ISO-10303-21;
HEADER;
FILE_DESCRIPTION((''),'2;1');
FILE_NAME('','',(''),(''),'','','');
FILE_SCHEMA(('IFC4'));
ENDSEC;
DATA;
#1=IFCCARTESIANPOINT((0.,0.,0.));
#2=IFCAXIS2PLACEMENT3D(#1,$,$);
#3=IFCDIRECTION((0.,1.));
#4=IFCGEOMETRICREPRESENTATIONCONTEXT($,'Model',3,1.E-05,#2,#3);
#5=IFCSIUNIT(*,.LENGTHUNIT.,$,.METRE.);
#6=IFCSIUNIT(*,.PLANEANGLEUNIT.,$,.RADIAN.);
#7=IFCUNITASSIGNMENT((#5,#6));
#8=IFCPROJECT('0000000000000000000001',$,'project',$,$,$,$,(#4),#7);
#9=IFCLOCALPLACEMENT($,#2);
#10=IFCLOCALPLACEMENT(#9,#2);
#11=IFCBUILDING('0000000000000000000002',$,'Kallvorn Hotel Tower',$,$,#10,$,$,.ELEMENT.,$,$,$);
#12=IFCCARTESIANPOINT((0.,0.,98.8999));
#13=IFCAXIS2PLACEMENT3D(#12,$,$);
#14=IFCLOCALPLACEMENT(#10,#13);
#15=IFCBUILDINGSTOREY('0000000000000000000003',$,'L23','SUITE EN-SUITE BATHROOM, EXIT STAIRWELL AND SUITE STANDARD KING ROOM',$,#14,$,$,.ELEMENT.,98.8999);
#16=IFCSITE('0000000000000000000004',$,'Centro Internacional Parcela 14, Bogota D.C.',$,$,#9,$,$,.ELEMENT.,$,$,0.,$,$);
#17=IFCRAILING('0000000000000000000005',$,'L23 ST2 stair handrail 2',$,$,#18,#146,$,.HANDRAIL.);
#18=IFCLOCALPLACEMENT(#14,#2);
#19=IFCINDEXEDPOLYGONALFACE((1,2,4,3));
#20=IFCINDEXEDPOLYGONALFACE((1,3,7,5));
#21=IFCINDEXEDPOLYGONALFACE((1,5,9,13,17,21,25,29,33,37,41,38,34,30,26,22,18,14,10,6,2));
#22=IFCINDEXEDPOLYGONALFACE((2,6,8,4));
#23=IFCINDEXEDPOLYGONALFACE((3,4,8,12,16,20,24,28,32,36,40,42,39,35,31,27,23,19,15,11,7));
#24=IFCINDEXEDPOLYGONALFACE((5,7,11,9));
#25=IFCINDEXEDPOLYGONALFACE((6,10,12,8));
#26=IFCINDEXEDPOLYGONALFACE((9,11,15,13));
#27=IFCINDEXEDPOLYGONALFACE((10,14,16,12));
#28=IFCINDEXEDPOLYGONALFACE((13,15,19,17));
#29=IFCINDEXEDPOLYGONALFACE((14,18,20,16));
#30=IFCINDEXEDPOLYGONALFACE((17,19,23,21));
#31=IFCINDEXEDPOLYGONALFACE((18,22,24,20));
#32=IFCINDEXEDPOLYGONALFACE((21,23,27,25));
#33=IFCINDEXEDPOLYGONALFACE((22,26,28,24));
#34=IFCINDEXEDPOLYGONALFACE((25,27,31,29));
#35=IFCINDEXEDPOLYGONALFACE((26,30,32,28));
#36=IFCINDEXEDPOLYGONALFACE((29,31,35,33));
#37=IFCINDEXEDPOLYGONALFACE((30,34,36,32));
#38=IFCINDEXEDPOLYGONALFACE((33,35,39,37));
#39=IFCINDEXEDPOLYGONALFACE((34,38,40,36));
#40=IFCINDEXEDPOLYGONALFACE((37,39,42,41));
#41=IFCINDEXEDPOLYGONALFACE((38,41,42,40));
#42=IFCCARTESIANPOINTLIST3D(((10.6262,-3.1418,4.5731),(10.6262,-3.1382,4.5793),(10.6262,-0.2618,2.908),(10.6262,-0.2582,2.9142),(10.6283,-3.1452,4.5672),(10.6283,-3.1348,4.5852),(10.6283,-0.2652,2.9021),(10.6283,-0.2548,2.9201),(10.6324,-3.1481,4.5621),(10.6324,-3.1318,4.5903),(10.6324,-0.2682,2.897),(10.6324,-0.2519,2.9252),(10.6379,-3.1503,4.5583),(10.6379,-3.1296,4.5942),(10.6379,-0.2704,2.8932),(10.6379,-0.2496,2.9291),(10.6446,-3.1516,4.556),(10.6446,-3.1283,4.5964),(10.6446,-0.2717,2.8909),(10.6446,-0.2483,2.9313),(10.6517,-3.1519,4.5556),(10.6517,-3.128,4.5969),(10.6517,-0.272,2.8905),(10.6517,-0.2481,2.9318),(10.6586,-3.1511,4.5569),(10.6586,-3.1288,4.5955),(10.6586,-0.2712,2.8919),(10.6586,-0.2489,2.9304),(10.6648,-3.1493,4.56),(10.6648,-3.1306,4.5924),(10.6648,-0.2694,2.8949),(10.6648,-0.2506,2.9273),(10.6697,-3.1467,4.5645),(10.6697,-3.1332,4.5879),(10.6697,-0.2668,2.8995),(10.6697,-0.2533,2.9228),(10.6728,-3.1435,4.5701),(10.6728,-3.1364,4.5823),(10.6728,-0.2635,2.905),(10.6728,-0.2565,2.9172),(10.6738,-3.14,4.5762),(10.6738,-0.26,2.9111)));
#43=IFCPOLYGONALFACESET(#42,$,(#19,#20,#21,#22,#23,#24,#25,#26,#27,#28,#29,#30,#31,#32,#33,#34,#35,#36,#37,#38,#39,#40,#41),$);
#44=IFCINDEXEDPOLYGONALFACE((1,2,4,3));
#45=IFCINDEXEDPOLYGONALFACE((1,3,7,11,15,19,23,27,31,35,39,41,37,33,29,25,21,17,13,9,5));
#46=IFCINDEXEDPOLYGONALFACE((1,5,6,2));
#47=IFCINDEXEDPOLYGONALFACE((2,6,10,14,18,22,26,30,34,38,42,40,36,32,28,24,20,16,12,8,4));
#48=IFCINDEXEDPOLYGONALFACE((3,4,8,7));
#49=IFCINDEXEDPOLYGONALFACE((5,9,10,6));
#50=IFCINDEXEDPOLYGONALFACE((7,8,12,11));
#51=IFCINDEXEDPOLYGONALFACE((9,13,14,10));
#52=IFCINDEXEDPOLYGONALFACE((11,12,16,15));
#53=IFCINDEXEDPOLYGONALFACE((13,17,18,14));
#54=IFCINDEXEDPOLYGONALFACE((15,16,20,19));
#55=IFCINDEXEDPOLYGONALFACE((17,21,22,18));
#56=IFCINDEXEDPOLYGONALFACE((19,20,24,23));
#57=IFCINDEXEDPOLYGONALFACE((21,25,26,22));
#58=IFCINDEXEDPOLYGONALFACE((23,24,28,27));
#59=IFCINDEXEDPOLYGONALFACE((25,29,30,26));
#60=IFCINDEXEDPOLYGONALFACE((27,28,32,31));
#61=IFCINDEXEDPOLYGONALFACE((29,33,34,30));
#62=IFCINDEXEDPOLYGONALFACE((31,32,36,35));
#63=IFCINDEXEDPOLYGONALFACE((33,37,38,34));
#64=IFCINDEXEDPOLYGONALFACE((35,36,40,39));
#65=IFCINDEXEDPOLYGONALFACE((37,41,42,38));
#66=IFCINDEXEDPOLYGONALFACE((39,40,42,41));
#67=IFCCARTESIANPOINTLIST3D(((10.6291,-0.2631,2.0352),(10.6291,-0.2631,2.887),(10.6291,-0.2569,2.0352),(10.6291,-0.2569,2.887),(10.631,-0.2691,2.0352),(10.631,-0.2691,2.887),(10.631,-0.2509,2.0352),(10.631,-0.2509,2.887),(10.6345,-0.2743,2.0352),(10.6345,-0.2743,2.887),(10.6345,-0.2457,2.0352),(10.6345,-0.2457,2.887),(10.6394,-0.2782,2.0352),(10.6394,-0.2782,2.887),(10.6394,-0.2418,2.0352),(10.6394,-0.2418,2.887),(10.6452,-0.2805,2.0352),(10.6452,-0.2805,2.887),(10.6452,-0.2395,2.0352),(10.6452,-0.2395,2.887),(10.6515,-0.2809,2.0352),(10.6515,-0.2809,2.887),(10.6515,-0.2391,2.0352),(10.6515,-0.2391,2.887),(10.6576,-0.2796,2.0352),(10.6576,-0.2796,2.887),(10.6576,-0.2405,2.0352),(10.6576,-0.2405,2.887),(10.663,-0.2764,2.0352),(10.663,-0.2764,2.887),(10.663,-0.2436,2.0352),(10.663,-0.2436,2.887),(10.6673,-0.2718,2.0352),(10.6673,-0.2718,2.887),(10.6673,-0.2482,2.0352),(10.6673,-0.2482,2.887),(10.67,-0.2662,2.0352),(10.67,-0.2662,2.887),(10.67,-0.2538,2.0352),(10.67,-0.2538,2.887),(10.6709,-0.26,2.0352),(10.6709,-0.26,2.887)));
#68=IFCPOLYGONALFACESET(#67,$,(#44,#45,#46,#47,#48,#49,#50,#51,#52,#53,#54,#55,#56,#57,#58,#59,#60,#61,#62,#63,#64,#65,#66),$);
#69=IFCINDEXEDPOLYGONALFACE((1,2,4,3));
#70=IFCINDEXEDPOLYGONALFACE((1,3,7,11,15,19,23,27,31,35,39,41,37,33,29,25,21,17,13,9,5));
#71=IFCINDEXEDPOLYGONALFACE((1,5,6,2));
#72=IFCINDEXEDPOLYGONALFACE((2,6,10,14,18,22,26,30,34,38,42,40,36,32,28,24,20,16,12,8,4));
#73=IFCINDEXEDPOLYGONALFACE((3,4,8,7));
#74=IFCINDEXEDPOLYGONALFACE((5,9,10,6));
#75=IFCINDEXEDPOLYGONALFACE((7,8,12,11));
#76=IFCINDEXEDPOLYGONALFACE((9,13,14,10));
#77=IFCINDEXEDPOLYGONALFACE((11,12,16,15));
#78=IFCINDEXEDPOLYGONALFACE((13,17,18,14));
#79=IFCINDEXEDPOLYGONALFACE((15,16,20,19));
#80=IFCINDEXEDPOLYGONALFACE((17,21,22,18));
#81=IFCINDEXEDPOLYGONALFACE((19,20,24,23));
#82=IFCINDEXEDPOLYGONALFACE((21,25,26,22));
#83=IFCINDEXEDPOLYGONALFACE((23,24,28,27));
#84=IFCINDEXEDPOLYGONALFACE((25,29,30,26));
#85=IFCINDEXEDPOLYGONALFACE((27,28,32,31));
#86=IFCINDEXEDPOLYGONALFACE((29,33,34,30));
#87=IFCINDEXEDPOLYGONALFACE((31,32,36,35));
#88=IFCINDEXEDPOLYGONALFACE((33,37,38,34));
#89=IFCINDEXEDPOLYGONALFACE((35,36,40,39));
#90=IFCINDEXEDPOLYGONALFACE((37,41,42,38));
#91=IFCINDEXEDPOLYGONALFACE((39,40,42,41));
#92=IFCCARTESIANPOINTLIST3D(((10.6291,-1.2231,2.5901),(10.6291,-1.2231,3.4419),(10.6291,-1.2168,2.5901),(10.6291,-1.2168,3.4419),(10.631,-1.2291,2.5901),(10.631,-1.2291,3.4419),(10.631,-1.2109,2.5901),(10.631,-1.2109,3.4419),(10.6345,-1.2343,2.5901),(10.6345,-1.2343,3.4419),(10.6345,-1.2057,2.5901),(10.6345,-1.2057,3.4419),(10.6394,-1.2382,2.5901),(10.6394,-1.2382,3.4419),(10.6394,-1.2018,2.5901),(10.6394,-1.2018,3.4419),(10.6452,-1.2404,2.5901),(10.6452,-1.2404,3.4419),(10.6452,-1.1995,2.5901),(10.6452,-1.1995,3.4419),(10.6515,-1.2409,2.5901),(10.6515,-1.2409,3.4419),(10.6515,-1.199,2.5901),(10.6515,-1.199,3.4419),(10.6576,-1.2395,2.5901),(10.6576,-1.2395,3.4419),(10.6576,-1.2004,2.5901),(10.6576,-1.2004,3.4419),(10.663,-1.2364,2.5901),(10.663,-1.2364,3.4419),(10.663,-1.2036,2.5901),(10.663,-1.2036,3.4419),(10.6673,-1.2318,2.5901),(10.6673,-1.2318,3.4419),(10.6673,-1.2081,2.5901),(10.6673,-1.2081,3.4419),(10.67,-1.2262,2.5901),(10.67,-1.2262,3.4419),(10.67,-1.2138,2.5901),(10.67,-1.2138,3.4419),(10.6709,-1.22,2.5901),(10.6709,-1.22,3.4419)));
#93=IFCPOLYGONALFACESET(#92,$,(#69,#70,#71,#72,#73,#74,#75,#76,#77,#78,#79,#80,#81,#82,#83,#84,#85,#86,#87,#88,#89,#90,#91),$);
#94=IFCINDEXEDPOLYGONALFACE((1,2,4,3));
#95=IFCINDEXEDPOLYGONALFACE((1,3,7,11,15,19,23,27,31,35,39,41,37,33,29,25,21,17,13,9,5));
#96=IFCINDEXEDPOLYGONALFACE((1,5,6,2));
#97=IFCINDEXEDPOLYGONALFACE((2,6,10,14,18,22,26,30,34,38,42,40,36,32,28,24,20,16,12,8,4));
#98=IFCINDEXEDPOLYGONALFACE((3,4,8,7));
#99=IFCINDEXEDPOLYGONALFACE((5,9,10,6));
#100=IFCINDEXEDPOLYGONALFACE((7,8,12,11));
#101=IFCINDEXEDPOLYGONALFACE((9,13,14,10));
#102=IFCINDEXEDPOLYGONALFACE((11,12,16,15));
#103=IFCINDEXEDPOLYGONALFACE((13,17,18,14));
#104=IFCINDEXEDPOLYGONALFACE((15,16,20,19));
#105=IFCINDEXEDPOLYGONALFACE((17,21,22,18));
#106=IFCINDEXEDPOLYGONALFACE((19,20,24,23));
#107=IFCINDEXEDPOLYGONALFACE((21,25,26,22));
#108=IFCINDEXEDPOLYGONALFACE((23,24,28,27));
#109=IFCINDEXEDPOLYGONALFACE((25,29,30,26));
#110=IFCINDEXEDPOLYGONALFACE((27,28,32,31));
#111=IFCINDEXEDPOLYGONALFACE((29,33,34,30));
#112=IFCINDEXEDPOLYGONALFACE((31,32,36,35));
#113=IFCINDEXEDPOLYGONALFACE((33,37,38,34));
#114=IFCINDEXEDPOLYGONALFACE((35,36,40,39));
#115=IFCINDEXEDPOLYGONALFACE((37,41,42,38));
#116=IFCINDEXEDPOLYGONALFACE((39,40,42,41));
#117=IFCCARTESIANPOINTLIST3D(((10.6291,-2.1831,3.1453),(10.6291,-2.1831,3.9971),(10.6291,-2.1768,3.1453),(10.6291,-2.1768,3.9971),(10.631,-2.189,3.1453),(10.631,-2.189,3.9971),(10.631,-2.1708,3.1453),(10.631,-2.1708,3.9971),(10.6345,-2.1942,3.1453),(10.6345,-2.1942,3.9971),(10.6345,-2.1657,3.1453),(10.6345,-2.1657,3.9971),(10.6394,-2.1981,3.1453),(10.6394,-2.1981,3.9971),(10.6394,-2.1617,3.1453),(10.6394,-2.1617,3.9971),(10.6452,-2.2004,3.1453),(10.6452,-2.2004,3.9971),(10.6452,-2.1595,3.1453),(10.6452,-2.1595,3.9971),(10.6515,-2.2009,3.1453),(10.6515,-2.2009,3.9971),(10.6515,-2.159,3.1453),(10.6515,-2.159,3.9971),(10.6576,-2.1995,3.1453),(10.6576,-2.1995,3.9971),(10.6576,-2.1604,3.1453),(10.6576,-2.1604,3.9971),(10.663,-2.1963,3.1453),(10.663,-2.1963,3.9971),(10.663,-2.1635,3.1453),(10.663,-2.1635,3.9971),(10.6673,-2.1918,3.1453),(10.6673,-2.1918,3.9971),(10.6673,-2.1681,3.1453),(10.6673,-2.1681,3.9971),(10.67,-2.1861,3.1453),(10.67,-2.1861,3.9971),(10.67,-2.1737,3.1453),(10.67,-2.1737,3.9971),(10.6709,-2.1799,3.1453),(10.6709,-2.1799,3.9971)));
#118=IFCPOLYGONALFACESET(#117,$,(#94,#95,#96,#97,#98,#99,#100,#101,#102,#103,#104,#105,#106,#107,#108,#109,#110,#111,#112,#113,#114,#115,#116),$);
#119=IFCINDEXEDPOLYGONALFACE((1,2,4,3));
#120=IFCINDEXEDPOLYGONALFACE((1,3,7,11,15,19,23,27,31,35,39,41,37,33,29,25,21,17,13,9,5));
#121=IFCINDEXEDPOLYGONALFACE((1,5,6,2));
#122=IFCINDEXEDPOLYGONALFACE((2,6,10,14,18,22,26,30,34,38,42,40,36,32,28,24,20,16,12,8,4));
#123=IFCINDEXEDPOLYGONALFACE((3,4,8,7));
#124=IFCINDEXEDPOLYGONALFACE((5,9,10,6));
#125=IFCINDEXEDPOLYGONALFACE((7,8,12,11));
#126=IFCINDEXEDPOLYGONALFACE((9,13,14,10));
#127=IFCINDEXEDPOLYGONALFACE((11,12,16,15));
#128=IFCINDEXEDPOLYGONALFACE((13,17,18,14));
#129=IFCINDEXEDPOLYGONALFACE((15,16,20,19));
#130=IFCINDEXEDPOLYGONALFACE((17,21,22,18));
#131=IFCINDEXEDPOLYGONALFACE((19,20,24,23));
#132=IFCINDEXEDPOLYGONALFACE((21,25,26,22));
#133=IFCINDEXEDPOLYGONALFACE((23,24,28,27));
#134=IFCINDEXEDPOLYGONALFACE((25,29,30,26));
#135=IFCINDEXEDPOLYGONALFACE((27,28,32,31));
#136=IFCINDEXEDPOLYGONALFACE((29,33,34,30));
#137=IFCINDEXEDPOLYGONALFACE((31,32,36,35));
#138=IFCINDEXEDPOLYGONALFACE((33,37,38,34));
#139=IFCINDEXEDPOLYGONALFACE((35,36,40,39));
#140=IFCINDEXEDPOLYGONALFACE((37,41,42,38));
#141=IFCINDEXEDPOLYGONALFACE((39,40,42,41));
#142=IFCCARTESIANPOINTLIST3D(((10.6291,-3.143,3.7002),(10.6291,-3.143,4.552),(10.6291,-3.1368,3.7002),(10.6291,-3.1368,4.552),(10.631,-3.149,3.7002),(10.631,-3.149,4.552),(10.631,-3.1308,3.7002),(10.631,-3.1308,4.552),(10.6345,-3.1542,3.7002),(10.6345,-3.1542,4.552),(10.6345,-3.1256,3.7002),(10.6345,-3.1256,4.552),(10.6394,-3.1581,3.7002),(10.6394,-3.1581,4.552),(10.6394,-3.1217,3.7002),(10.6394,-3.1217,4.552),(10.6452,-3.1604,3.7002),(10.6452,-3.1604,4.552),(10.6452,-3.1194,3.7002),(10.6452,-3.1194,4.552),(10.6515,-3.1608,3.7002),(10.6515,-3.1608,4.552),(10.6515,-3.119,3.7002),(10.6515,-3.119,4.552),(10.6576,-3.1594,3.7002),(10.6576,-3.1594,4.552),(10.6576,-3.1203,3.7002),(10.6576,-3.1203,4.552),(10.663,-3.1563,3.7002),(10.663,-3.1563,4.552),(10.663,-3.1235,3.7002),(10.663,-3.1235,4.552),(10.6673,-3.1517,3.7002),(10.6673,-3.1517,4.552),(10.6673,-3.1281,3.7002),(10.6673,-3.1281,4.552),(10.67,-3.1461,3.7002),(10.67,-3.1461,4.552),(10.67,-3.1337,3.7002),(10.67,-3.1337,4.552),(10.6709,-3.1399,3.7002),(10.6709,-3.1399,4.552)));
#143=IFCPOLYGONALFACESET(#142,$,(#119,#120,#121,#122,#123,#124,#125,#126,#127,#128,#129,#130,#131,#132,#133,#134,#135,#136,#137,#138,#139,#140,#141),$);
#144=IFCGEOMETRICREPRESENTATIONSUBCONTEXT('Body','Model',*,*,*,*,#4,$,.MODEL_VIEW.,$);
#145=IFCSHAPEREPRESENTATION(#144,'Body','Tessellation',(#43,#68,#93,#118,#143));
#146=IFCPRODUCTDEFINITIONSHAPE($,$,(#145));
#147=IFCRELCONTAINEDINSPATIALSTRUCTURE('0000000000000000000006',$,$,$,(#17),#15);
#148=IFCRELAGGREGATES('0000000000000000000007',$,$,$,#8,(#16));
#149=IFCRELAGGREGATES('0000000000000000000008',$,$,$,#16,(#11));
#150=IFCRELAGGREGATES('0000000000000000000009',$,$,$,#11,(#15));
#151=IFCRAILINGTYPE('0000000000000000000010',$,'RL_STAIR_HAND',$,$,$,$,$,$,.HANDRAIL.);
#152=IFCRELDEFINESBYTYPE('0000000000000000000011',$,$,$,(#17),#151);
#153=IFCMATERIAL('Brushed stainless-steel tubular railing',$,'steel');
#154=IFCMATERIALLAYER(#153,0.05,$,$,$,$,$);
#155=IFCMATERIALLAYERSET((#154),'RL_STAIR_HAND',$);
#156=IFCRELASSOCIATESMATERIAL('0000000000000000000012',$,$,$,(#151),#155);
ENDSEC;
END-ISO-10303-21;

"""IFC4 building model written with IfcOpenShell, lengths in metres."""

from ifc_helpers import new_model, si_unit, direction, frame, origin, origin_2d, place, context, subcontext, project, spatial, circle, extrude, material, layer, layer_set, type_object, element, save


model = new_model("IFC4")

# Units and contexts
model_context = context("Model", 3, precision=1e-05, world=origin(), true_north=direction((0.0, 1.0)))
body_context = subcontext(model_context, "Body", "Model", "MODEL_VIEW")
ifc_project = project(units=[si_unit("LENGTHUNIT", "METRE"), si_unit("PLANEANGLEUNIT", "RADIAN")], contexts=[model_context])

# Site, building, storey
site_placement = place(None, origin())
site = spatial("IfcSite", under=ifc_project, at=site_placement, Name="Centro Internacional Parcela 14, Bogota D.C.", CompositionType="ELEMENT", RefElevation=0.0)
building_placement = place(site_placement, origin())
building = spatial("IfcBuilding", under=site, at=building_placement, Name="Kallvorn Hotel Tower", CompositionType="ELEMENT")
storey_placement = place(building_placement, frame((0.0, 0.0, 98.8999)))
storey = spatial("IfcBuildingStorey", under=building, at=storey_placement, Name="L23", Description="SUITE EN-SUITE BATHROOM, EXIT STAIRWELL AND SUITE STANDARD KING ROOM", CompositionType="ELEMENT", Elevation=98.8999)

# Railing
ifc_material_1 = material(Name="Brushed stainless-steel tubular railing", Category="steel")
ifc_layer_1 = layer(ifc_material_1, 0.05)
ifc_layer_set_1 = layer_set([ifc_layer_1], Name="RL_STAIR_HAND")
railing_type_1 = type_object("IfcRailingType", Name="RL_STAIR_HAND", PredefinedType="HANDRAIL", material=ifc_layer_set_1)
railing_1_placement = place(storey_placement, frame((10.6499, -0.26, 2.0352)))
element("IfcRailing", 1, at=railing_1_placement, inside=storey, type_object=railing_type_1, Name="L23 ST2 stair handrail 2", PredefinedType="HANDRAIL", context=body_context, shape_type="SweptSolid", body=[
    extrude(circle(Radius=0.0239, at=origin_2d()), frame((0.0, 0.0, 0.876), z_axis=(0.0, -0.865721, 0.500527), x_axis=(1.0, 0.0, 0.0)), (0.0, 0.0, 1.0), 3.3267),
    extrude(circle(Radius=0.021, at=origin_2d()), origin(), (0.0, 0.0, 1.0), 0.8518),
    extrude(circle(Radius=0.021, at=origin_2d()), frame((0.0, -0.96, 0.5549)), (0.0, 0.0, 1.0), 0.8518),
    extrude(circle(Radius=0.021, at=origin_2d()), frame((0.0, -1.9199, 1.1101)), (0.0, 0.0, 1.0), 0.8518),
    extrude(circle(Radius=0.021, at=origin_2d()), frame((0.0, -2.8799, 1.665)), (0.0, 0.0, 1.0), 0.8518),
])

save(model, "model.ifc")
